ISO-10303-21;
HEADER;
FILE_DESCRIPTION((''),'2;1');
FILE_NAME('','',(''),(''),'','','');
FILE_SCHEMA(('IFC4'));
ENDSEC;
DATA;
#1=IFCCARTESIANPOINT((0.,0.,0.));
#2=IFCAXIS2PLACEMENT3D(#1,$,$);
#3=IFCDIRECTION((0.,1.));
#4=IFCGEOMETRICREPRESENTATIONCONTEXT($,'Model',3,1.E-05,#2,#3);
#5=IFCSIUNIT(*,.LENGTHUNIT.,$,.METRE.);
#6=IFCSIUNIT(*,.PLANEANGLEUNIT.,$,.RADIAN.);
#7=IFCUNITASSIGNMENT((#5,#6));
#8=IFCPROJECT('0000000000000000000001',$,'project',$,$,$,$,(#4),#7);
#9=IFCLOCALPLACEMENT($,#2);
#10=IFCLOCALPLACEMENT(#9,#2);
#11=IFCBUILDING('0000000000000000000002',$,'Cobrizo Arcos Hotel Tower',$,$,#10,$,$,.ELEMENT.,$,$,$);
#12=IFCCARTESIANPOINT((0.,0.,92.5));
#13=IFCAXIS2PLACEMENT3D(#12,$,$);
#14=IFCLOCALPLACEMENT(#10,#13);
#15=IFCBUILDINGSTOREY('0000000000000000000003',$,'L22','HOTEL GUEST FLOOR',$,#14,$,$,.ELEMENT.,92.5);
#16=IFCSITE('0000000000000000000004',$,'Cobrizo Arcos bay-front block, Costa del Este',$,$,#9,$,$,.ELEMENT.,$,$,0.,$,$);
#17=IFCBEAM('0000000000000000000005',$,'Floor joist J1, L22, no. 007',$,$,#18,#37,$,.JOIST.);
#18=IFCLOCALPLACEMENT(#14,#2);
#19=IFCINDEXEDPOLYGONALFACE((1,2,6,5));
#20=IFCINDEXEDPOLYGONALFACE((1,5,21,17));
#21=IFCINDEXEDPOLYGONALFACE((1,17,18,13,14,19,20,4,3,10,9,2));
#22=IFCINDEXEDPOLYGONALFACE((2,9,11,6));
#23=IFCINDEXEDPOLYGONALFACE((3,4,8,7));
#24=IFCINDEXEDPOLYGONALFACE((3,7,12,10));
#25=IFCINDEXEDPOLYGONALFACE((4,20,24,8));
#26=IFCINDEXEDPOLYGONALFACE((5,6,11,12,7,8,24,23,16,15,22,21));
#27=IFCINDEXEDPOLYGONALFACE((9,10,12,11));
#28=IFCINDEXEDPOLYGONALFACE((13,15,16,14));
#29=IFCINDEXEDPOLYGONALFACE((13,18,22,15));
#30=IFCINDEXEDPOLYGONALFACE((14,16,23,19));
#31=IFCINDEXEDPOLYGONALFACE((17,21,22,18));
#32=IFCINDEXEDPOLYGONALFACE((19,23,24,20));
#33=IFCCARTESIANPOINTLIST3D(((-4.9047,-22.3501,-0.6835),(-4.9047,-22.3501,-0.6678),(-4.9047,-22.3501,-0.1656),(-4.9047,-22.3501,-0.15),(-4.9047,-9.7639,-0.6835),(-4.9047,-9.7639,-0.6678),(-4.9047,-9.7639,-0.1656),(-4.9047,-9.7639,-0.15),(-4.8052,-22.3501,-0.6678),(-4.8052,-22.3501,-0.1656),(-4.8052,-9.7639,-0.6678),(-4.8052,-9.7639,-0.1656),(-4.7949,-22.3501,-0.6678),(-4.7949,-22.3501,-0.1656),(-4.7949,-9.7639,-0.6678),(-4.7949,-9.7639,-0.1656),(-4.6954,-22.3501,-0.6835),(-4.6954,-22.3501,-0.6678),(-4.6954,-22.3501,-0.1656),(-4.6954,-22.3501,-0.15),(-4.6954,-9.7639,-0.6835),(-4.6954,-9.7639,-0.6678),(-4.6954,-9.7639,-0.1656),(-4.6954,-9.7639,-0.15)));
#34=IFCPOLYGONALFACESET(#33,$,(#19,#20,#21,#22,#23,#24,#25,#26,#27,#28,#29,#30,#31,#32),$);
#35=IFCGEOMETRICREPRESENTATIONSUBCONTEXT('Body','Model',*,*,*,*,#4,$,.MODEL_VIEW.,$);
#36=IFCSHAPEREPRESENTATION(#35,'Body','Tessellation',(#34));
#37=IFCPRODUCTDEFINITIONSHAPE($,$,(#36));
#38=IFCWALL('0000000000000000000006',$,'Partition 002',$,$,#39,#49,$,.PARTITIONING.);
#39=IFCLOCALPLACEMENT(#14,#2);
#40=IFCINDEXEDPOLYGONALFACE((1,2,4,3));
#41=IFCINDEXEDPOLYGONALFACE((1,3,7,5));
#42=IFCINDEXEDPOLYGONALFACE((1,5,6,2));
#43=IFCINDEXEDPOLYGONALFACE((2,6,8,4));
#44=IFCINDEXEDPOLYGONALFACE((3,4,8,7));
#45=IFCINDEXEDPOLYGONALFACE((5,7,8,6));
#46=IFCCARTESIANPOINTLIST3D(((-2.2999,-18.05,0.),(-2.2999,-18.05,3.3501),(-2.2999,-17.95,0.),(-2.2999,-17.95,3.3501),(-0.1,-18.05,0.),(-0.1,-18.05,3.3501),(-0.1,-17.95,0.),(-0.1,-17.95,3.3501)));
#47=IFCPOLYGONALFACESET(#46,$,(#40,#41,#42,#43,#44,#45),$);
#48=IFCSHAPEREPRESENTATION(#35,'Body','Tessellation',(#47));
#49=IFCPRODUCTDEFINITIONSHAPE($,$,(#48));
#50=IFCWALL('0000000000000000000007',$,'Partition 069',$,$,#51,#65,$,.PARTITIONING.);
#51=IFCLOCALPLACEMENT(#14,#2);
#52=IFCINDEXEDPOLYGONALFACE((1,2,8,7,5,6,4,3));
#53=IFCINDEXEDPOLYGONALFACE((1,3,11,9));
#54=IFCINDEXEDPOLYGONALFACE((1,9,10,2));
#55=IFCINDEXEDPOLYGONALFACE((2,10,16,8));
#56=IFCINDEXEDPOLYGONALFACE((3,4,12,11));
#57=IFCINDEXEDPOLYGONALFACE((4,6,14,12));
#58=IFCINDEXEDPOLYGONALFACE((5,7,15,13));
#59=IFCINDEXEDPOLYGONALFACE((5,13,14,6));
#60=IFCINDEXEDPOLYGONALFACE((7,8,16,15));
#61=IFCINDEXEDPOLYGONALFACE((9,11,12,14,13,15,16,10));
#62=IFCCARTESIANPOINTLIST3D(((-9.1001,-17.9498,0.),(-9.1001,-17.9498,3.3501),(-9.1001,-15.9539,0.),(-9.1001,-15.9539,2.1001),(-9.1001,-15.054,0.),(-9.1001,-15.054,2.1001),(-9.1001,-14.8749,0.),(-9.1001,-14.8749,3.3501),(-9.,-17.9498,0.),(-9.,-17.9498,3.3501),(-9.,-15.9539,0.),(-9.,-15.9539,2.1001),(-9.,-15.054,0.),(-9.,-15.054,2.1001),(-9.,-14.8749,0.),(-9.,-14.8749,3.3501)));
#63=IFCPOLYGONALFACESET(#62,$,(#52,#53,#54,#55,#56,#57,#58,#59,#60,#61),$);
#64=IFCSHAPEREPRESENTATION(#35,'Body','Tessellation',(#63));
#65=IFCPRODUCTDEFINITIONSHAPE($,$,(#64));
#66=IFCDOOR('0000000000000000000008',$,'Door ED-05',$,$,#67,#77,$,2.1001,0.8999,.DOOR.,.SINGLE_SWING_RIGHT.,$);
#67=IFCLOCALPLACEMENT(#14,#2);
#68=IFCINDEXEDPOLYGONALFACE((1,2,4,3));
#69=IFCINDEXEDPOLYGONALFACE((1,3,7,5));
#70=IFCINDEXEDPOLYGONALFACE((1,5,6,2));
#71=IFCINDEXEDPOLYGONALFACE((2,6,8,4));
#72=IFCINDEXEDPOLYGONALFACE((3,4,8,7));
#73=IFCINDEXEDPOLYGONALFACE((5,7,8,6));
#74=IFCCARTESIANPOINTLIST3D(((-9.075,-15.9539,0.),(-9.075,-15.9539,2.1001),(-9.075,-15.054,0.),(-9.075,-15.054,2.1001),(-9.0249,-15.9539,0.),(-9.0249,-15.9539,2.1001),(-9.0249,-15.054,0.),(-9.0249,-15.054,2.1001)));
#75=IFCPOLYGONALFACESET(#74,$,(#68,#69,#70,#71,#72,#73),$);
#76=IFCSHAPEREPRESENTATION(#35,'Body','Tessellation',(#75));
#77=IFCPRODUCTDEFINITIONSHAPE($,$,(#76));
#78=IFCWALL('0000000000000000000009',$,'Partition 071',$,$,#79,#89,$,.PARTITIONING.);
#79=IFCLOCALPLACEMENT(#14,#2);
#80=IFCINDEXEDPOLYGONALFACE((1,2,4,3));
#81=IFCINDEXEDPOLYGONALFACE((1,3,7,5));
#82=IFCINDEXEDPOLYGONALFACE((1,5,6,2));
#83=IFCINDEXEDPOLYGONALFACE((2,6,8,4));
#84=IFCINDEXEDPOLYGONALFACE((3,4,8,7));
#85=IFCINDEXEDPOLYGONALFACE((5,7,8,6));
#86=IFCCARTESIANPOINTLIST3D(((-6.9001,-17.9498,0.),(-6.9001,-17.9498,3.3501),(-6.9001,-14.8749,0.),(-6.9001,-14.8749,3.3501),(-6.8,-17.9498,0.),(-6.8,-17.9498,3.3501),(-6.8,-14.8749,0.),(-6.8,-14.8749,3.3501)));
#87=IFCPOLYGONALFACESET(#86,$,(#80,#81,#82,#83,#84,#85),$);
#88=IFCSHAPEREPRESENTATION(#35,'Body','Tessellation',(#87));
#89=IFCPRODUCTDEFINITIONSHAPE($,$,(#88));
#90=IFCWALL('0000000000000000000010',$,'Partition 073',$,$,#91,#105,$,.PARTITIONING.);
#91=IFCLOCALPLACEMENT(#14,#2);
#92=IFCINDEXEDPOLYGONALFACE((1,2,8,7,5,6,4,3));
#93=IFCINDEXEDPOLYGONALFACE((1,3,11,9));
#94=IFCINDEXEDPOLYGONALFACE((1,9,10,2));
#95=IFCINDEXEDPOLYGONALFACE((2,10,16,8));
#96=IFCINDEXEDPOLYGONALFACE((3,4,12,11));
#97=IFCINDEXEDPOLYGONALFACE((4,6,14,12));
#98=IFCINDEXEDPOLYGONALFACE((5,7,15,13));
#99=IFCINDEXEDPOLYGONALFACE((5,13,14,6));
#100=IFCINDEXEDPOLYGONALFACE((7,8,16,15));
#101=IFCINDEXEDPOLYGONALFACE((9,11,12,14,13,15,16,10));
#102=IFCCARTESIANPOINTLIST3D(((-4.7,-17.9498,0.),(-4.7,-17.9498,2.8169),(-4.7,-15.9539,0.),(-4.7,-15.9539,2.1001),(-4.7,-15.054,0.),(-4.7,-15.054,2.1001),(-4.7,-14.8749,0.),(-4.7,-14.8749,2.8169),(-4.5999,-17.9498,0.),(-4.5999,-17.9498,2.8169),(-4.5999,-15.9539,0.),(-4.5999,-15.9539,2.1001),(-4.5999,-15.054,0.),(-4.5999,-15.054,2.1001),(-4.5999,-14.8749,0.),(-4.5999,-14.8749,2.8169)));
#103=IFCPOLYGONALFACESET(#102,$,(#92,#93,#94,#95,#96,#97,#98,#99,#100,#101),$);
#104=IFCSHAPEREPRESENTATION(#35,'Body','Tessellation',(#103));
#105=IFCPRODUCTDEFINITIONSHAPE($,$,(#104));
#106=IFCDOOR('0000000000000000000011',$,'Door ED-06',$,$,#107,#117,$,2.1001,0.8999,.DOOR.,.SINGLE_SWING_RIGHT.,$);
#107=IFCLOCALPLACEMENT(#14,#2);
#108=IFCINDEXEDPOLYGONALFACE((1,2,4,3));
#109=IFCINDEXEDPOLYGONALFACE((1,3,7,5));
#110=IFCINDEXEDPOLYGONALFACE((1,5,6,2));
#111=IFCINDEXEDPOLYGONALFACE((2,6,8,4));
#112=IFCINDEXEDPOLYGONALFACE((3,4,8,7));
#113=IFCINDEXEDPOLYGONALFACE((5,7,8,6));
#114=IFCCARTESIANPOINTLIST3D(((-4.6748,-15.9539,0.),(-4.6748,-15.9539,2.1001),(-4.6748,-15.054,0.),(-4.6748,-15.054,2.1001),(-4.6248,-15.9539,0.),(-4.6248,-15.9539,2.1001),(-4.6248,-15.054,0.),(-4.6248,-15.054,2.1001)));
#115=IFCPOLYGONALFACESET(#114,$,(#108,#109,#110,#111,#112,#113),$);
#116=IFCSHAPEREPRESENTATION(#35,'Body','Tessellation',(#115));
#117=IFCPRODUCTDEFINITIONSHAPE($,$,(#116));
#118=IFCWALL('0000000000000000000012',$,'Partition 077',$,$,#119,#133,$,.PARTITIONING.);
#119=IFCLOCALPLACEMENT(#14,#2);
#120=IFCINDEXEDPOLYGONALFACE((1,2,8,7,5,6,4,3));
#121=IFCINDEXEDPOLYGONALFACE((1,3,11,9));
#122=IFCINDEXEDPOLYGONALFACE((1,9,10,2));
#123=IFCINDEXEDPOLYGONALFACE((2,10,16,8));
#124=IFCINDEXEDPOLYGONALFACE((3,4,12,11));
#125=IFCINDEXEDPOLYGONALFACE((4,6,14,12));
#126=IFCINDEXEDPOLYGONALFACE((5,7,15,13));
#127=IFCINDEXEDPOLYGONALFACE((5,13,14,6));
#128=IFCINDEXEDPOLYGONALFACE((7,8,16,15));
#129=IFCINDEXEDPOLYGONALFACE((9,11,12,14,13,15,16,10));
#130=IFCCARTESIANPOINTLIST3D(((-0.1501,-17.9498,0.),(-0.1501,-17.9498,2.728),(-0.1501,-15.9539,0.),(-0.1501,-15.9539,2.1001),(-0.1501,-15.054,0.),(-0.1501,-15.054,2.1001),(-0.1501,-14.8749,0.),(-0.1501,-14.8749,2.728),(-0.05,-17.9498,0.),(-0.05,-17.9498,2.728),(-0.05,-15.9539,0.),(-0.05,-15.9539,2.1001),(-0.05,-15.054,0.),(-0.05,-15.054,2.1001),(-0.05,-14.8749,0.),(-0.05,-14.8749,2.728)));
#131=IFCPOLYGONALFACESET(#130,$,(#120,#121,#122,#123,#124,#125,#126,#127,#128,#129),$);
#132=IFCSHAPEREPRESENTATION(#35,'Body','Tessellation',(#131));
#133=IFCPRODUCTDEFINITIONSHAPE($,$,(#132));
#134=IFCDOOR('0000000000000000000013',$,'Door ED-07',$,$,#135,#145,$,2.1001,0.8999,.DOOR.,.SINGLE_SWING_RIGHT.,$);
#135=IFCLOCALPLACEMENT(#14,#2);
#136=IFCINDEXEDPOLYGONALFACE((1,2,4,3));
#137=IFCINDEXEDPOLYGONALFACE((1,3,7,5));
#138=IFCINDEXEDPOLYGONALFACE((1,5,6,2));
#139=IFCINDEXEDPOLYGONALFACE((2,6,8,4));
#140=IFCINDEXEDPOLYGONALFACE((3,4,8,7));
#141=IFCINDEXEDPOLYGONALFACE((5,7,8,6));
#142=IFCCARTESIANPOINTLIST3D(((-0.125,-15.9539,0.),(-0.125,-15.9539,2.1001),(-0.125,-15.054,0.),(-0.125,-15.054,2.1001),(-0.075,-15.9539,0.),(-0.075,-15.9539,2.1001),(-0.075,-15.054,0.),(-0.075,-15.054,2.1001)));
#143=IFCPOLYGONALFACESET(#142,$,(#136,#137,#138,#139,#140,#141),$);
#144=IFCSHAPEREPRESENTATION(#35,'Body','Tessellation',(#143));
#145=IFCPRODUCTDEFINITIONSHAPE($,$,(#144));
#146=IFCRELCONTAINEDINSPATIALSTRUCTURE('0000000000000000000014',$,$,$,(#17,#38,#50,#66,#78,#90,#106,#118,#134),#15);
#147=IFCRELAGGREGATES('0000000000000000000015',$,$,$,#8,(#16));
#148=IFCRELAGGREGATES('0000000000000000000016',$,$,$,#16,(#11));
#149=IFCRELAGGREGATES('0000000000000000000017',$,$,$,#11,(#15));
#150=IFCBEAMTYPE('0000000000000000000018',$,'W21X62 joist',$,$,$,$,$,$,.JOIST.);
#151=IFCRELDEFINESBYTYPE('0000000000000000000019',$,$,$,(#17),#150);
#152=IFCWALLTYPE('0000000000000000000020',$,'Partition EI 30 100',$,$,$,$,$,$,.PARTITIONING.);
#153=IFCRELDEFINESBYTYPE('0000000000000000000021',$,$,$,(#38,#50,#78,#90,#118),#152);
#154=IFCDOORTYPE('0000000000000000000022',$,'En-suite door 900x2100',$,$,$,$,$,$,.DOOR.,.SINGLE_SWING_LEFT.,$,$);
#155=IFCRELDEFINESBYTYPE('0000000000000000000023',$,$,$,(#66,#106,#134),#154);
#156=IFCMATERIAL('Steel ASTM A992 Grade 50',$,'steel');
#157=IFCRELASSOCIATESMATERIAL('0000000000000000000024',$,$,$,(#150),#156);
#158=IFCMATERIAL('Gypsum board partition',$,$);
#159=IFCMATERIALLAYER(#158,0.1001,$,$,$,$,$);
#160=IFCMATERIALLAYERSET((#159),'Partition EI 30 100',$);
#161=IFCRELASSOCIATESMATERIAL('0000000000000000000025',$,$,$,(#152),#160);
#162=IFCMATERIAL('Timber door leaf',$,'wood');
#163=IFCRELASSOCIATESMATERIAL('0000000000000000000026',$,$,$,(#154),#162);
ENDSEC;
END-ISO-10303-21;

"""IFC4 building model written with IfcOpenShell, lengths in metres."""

from ifc_helpers import new_model, si_unit, direction, frame, frame_2d, origin, origin_2d, place, context, subcontext, project, spatial, rectangle, i_section, extrude, material, layer, layer_set, material_profile, profile_set, type_object, element, fill, save


model = new_model("IFC4")

# Units and contexts
model_context = context("Model", 3, precision=1e-05, world=origin(), true_north=direction((0.0, 1.0)))
body_context = subcontext(model_context, "Body", "Model", "MODEL_VIEW")
ifc_project = project(units=[si_unit("LENGTHUNIT", "METRE"), si_unit("PLANEANGLEUNIT", "RADIAN")], contexts=[model_context])

# Site, building, storey
site_placement = place(None, origin())
site = spatial("IfcSite", under=ifc_project, at=site_placement, Name="Cobrizo Arcos bay-front block, Costa del Este", CompositionType="ELEMENT", RefElevation=0.0)
building_placement = place(site_placement, origin())
building = spatial("IfcBuilding", under=site, at=building_placement, Name="Cobrizo Arcos Hotel Tower", CompositionType="ELEMENT")
storey_placement = place(building_placement, frame((0.0, 0.0, 92.5)))
storey = spatial("IfcBuildingStorey", under=building, at=storey_placement, Name="L22", Description="HOTEL GUEST FLOOR", CompositionType="ELEMENT", Elevation=92.5)

# Beam
ifc_material_1 = material(Name="Steel ASTM A992 Grade 50", Category="steel")
ifc_material_profile = material_profile(ifc_material_1, i_section(OverallWidth=0.2092, OverallDepth=0.5334, WebThickness=0.0103, FlangeThickness=0.0156, at=origin_2d()), Name="W21X62")
ifc_profile_set = profile_set([ifc_material_profile], Name="Steel ASTM A992 Grade 50")
beam_type = type_object("IfcBeamType", Name="W21X62 joist", PredefinedType="JOIST", material=ifc_profile_set)
beam_placement = place(storey_placement, frame((-4.8, -22.3501, -0.4167), z_axis=(0.0, 1.0, 0.0), x_axis=(-1.0, 0.0, 0.0)))
element("IfcBeam", 1, at=beam_placement, inside=storey, type_object=beam_type, Name="Floor joist J1, L22, no. 007", PredefinedType="JOIST", context=body_context, shape_type="SweptSolid", body=[
    extrude(i_section(OverallWidth=0.2092, OverallDepth=0.5334, WebThickness=0.0103, FlangeThickness=0.0156, at=origin_2d()), origin(), (0.0, 0.0, 1.0), 12.5862),
])

# Wall
ifc_material_2 = material(Name="Gypsum board partition")
ifc_layer = layer(ifc_material_2, 0.1001)
ifc_layer_set = layer_set([ifc_layer], Name="Partition EI 30 100")
wall_type = type_object("IfcWallType", Name="Partition EI 30 100", PredefinedType="PARTITIONING", material=ifc_layer_set)
wall_1_placement = place(storey_placement, frame((-2.3, -18.0, 0.0), z_axis=(0.0, 0.0, 1.0), x_axis=(1.0, 0.0, 0.0)))
element("IfcWall", 2, at=wall_1_placement, inside=storey, type_object=wall_type, Name="Partition 002", PredefinedType="PARTITIONING", context=body_context, shape_type="SweptSolid", body=[
    extrude(rectangle(XDim=2.2, YDim=0.1001, at=frame_2d((1.1001, 0.0))), origin(), (0.0, 0.0, 1.0), 3.3501),
])

# Wall, opening, door
wall_2_placement = place(storey_placement, frame((-9.05, -17.95, 0.0), z_axis=(0.0, 0.0, 1.0), x_axis=(0.0, 1.0, 0.0)))
wall_2 = element("IfcWall", 3, at=wall_2_placement, inside=storey, type_object=wall_type, Name="Partition 069", PredefinedType="PARTITIONING", context=body_context, shape_type="SweptSolid", body=[
    extrude(rectangle(XDim=3.075, YDim=0.1001, at=frame_2d((1.5376, 0.0))), origin(), (0.0, 0.0, 1.0), 3.3501),
])
opening_1_placement = place(wall_2_placement, frame((1.9961, 0.0, 0.0)))
opening_1 = element("IfcOpeningElement", 4, at=opening_1_placement, cuts=wall_2, PredefinedType="OPENING", context=body_context, shape_type="SweptSolid", body=[
    extrude(rectangle(XDim=0.8999, YDim=2.1001, at=frame_2d((0.45, 1.05))), frame((0.0, 0.062, 0.0), z_axis=(0.0, -1.0, 0.0), x_axis=(1.0, 0.0, 0.0)), (0.0, 0.0, 1.0), 0.124),
])
ifc_material_3 = material(Name="Timber door leaf", Category="wood")
door_type = type_object("IfcDoorType", Name="En-suite door 900x2100", OperationType="SINGLE_SWING_LEFT", PredefinedType="DOOR", material=ifc_material_3)
door_1_placement = place(opening_1_placement, origin())
door_1 = element("IfcDoor", 5, at=door_1_placement, inside=storey, type_object=door_type, Name="Door ED-05", OperationType="SINGLE_SWING_RIGHT", OverallHeight=2.1001, OverallWidth=0.8999, PredefinedType="DOOR", context=body_context, shape_type="SweptSolid", body=[
    extrude(rectangle(XDim=0.8999, YDim=2.1001, at=frame_2d((0.45, 1.05))), frame((0.0, 0.0249, 0.0), z_axis=(0.0, -1.0, 0.0), x_axis=(1.0, 0.0, 0.0)), (0.0, 0.0, 1.0), 0.05),
])
fill(opening_1, door_1)

# Wall
wall_3_placement = place(storey_placement, frame((-6.8501, -17.95, 0.0), z_axis=(0.0, 0.0, 1.0), x_axis=(0.0, 1.0, 0.0)))
element("IfcWall", 6, at=wall_3_placement, inside=storey, type_object=wall_type, Name="Partition 071", PredefinedType="PARTITIONING", context=body_context, shape_type="SweptSolid", body=[
    extrude(rectangle(XDim=3.075, YDim=0.1001, at=frame_2d((1.5376, 0.0))), origin(), (0.0, 0.0, 1.0), 3.3501),
])

# Walls, openings, doors
wall_4_placement = place(storey_placement, frame((-4.6499, -17.95, 0.0), z_axis=(0.0, 0.0, 1.0), x_axis=(0.0, 1.0, 0.0)))
wall_4 = element("IfcWall", 7, at=wall_4_placement, inside=storey, type_object=wall_type, Name="Partition 073", PredefinedType="PARTITIONING", context=body_context, shape_type="SweptSolid", body=[
    extrude(rectangle(XDim=3.075, YDim=0.1001, at=frame_2d((1.5376, 0.0))), origin(), (0.0, 0.0, 1.0), 2.8169),
])
opening_2_placement = place(wall_4_placement, frame((1.9961, 0.0, 0.0)))
opening_2 = element("IfcOpeningElement", 8, at=opening_2_placement, cuts=wall_4, PredefinedType="OPENING", context=body_context, shape_type="SweptSolid", body=[
    extrude(rectangle(XDim=0.8999, YDim=2.1001, at=frame_2d((0.45, 1.05))), frame((0.0, 0.062, 0.0), z_axis=(0.0, -1.0, 0.0), x_axis=(1.0, 0.0, 0.0)), (0.0, 0.0, 1.0), 0.124),
])
door_2_placement = place(opening_2_placement, origin())
door_2 = element("IfcDoor", 9, at=door_2_placement, inside=storey, type_object=door_type, Name="Door ED-06", OperationType="SINGLE_SWING_RIGHT", OverallHeight=2.1001, OverallWidth=0.8999, PredefinedType="DOOR", context=body_context, shape_type="SweptSolid", body=[
    extrude(rectangle(XDim=0.8999, YDim=2.1001, at=frame_2d((0.45, 1.05))), frame((0.0, 0.0249, 0.0), z_axis=(0.0, -1.0, 0.0), x_axis=(1.0, 0.0, 0.0)), (0.0, 0.0, 1.0), 0.05),
])
fill(opening_2, door_2)
wall_5_placement = place(storey_placement, frame((-0.1001, -17.95, 0.0), z_axis=(0.0, 0.0, 1.0), x_axis=(0.0, 1.0, 0.0)))
wall_5 = element("IfcWall", 10, at=wall_5_placement, inside=storey, type_object=wall_type, Name="Partition 077", PredefinedType="PARTITIONING", context=body_context, shape_type="SweptSolid", body=[
    extrude(rectangle(XDim=3.075, YDim=0.1001, at=frame_2d((1.5376, 0.0))), origin(), (0.0, 0.0, 1.0), 2.728),
])
opening_3_placement = place(wall_5_placement, frame((1.9961, 0.0, 0.0)))
opening_3 = element("IfcOpeningElement", 11, at=opening_3_placement, cuts=wall_5, PredefinedType="OPENING", context=body_context, shape_type="SweptSolid", body=[
    extrude(rectangle(XDim=0.8999, YDim=2.1001, at=frame_2d((0.45, 1.05))), frame((0.0, 0.062, 0.0), z_axis=(0.0, -1.0, 0.0), x_axis=(1.0, 0.0, 0.0)), (0.0, 0.0, 1.0), 0.124),
])
door_3_placement = place(opening_3_placement, origin())
door_3 = element("IfcDoor", 12, at=door_3_placement, inside=storey, type_object=door_type, Name="Door ED-07", OperationType="SINGLE_SWING_RIGHT", OverallHeight=2.1001, OverallWidth=0.8999, PredefinedType="DOOR", context=body_context, shape_type="SweptSolid", body=[
    extrude(rectangle(XDim=0.8999, YDim=2.1001, at=frame_2d((0.45, 1.05))), frame((0.0, 0.0249, 0.0), z_axis=(0.0, -1.0, 0.0), x_axis=(1.0, 0.0, 0.0)), (0.0, 0.0, 1.0), 0.05),
])
fill(opening_3, door_3)

save(model, "model.ifc")
